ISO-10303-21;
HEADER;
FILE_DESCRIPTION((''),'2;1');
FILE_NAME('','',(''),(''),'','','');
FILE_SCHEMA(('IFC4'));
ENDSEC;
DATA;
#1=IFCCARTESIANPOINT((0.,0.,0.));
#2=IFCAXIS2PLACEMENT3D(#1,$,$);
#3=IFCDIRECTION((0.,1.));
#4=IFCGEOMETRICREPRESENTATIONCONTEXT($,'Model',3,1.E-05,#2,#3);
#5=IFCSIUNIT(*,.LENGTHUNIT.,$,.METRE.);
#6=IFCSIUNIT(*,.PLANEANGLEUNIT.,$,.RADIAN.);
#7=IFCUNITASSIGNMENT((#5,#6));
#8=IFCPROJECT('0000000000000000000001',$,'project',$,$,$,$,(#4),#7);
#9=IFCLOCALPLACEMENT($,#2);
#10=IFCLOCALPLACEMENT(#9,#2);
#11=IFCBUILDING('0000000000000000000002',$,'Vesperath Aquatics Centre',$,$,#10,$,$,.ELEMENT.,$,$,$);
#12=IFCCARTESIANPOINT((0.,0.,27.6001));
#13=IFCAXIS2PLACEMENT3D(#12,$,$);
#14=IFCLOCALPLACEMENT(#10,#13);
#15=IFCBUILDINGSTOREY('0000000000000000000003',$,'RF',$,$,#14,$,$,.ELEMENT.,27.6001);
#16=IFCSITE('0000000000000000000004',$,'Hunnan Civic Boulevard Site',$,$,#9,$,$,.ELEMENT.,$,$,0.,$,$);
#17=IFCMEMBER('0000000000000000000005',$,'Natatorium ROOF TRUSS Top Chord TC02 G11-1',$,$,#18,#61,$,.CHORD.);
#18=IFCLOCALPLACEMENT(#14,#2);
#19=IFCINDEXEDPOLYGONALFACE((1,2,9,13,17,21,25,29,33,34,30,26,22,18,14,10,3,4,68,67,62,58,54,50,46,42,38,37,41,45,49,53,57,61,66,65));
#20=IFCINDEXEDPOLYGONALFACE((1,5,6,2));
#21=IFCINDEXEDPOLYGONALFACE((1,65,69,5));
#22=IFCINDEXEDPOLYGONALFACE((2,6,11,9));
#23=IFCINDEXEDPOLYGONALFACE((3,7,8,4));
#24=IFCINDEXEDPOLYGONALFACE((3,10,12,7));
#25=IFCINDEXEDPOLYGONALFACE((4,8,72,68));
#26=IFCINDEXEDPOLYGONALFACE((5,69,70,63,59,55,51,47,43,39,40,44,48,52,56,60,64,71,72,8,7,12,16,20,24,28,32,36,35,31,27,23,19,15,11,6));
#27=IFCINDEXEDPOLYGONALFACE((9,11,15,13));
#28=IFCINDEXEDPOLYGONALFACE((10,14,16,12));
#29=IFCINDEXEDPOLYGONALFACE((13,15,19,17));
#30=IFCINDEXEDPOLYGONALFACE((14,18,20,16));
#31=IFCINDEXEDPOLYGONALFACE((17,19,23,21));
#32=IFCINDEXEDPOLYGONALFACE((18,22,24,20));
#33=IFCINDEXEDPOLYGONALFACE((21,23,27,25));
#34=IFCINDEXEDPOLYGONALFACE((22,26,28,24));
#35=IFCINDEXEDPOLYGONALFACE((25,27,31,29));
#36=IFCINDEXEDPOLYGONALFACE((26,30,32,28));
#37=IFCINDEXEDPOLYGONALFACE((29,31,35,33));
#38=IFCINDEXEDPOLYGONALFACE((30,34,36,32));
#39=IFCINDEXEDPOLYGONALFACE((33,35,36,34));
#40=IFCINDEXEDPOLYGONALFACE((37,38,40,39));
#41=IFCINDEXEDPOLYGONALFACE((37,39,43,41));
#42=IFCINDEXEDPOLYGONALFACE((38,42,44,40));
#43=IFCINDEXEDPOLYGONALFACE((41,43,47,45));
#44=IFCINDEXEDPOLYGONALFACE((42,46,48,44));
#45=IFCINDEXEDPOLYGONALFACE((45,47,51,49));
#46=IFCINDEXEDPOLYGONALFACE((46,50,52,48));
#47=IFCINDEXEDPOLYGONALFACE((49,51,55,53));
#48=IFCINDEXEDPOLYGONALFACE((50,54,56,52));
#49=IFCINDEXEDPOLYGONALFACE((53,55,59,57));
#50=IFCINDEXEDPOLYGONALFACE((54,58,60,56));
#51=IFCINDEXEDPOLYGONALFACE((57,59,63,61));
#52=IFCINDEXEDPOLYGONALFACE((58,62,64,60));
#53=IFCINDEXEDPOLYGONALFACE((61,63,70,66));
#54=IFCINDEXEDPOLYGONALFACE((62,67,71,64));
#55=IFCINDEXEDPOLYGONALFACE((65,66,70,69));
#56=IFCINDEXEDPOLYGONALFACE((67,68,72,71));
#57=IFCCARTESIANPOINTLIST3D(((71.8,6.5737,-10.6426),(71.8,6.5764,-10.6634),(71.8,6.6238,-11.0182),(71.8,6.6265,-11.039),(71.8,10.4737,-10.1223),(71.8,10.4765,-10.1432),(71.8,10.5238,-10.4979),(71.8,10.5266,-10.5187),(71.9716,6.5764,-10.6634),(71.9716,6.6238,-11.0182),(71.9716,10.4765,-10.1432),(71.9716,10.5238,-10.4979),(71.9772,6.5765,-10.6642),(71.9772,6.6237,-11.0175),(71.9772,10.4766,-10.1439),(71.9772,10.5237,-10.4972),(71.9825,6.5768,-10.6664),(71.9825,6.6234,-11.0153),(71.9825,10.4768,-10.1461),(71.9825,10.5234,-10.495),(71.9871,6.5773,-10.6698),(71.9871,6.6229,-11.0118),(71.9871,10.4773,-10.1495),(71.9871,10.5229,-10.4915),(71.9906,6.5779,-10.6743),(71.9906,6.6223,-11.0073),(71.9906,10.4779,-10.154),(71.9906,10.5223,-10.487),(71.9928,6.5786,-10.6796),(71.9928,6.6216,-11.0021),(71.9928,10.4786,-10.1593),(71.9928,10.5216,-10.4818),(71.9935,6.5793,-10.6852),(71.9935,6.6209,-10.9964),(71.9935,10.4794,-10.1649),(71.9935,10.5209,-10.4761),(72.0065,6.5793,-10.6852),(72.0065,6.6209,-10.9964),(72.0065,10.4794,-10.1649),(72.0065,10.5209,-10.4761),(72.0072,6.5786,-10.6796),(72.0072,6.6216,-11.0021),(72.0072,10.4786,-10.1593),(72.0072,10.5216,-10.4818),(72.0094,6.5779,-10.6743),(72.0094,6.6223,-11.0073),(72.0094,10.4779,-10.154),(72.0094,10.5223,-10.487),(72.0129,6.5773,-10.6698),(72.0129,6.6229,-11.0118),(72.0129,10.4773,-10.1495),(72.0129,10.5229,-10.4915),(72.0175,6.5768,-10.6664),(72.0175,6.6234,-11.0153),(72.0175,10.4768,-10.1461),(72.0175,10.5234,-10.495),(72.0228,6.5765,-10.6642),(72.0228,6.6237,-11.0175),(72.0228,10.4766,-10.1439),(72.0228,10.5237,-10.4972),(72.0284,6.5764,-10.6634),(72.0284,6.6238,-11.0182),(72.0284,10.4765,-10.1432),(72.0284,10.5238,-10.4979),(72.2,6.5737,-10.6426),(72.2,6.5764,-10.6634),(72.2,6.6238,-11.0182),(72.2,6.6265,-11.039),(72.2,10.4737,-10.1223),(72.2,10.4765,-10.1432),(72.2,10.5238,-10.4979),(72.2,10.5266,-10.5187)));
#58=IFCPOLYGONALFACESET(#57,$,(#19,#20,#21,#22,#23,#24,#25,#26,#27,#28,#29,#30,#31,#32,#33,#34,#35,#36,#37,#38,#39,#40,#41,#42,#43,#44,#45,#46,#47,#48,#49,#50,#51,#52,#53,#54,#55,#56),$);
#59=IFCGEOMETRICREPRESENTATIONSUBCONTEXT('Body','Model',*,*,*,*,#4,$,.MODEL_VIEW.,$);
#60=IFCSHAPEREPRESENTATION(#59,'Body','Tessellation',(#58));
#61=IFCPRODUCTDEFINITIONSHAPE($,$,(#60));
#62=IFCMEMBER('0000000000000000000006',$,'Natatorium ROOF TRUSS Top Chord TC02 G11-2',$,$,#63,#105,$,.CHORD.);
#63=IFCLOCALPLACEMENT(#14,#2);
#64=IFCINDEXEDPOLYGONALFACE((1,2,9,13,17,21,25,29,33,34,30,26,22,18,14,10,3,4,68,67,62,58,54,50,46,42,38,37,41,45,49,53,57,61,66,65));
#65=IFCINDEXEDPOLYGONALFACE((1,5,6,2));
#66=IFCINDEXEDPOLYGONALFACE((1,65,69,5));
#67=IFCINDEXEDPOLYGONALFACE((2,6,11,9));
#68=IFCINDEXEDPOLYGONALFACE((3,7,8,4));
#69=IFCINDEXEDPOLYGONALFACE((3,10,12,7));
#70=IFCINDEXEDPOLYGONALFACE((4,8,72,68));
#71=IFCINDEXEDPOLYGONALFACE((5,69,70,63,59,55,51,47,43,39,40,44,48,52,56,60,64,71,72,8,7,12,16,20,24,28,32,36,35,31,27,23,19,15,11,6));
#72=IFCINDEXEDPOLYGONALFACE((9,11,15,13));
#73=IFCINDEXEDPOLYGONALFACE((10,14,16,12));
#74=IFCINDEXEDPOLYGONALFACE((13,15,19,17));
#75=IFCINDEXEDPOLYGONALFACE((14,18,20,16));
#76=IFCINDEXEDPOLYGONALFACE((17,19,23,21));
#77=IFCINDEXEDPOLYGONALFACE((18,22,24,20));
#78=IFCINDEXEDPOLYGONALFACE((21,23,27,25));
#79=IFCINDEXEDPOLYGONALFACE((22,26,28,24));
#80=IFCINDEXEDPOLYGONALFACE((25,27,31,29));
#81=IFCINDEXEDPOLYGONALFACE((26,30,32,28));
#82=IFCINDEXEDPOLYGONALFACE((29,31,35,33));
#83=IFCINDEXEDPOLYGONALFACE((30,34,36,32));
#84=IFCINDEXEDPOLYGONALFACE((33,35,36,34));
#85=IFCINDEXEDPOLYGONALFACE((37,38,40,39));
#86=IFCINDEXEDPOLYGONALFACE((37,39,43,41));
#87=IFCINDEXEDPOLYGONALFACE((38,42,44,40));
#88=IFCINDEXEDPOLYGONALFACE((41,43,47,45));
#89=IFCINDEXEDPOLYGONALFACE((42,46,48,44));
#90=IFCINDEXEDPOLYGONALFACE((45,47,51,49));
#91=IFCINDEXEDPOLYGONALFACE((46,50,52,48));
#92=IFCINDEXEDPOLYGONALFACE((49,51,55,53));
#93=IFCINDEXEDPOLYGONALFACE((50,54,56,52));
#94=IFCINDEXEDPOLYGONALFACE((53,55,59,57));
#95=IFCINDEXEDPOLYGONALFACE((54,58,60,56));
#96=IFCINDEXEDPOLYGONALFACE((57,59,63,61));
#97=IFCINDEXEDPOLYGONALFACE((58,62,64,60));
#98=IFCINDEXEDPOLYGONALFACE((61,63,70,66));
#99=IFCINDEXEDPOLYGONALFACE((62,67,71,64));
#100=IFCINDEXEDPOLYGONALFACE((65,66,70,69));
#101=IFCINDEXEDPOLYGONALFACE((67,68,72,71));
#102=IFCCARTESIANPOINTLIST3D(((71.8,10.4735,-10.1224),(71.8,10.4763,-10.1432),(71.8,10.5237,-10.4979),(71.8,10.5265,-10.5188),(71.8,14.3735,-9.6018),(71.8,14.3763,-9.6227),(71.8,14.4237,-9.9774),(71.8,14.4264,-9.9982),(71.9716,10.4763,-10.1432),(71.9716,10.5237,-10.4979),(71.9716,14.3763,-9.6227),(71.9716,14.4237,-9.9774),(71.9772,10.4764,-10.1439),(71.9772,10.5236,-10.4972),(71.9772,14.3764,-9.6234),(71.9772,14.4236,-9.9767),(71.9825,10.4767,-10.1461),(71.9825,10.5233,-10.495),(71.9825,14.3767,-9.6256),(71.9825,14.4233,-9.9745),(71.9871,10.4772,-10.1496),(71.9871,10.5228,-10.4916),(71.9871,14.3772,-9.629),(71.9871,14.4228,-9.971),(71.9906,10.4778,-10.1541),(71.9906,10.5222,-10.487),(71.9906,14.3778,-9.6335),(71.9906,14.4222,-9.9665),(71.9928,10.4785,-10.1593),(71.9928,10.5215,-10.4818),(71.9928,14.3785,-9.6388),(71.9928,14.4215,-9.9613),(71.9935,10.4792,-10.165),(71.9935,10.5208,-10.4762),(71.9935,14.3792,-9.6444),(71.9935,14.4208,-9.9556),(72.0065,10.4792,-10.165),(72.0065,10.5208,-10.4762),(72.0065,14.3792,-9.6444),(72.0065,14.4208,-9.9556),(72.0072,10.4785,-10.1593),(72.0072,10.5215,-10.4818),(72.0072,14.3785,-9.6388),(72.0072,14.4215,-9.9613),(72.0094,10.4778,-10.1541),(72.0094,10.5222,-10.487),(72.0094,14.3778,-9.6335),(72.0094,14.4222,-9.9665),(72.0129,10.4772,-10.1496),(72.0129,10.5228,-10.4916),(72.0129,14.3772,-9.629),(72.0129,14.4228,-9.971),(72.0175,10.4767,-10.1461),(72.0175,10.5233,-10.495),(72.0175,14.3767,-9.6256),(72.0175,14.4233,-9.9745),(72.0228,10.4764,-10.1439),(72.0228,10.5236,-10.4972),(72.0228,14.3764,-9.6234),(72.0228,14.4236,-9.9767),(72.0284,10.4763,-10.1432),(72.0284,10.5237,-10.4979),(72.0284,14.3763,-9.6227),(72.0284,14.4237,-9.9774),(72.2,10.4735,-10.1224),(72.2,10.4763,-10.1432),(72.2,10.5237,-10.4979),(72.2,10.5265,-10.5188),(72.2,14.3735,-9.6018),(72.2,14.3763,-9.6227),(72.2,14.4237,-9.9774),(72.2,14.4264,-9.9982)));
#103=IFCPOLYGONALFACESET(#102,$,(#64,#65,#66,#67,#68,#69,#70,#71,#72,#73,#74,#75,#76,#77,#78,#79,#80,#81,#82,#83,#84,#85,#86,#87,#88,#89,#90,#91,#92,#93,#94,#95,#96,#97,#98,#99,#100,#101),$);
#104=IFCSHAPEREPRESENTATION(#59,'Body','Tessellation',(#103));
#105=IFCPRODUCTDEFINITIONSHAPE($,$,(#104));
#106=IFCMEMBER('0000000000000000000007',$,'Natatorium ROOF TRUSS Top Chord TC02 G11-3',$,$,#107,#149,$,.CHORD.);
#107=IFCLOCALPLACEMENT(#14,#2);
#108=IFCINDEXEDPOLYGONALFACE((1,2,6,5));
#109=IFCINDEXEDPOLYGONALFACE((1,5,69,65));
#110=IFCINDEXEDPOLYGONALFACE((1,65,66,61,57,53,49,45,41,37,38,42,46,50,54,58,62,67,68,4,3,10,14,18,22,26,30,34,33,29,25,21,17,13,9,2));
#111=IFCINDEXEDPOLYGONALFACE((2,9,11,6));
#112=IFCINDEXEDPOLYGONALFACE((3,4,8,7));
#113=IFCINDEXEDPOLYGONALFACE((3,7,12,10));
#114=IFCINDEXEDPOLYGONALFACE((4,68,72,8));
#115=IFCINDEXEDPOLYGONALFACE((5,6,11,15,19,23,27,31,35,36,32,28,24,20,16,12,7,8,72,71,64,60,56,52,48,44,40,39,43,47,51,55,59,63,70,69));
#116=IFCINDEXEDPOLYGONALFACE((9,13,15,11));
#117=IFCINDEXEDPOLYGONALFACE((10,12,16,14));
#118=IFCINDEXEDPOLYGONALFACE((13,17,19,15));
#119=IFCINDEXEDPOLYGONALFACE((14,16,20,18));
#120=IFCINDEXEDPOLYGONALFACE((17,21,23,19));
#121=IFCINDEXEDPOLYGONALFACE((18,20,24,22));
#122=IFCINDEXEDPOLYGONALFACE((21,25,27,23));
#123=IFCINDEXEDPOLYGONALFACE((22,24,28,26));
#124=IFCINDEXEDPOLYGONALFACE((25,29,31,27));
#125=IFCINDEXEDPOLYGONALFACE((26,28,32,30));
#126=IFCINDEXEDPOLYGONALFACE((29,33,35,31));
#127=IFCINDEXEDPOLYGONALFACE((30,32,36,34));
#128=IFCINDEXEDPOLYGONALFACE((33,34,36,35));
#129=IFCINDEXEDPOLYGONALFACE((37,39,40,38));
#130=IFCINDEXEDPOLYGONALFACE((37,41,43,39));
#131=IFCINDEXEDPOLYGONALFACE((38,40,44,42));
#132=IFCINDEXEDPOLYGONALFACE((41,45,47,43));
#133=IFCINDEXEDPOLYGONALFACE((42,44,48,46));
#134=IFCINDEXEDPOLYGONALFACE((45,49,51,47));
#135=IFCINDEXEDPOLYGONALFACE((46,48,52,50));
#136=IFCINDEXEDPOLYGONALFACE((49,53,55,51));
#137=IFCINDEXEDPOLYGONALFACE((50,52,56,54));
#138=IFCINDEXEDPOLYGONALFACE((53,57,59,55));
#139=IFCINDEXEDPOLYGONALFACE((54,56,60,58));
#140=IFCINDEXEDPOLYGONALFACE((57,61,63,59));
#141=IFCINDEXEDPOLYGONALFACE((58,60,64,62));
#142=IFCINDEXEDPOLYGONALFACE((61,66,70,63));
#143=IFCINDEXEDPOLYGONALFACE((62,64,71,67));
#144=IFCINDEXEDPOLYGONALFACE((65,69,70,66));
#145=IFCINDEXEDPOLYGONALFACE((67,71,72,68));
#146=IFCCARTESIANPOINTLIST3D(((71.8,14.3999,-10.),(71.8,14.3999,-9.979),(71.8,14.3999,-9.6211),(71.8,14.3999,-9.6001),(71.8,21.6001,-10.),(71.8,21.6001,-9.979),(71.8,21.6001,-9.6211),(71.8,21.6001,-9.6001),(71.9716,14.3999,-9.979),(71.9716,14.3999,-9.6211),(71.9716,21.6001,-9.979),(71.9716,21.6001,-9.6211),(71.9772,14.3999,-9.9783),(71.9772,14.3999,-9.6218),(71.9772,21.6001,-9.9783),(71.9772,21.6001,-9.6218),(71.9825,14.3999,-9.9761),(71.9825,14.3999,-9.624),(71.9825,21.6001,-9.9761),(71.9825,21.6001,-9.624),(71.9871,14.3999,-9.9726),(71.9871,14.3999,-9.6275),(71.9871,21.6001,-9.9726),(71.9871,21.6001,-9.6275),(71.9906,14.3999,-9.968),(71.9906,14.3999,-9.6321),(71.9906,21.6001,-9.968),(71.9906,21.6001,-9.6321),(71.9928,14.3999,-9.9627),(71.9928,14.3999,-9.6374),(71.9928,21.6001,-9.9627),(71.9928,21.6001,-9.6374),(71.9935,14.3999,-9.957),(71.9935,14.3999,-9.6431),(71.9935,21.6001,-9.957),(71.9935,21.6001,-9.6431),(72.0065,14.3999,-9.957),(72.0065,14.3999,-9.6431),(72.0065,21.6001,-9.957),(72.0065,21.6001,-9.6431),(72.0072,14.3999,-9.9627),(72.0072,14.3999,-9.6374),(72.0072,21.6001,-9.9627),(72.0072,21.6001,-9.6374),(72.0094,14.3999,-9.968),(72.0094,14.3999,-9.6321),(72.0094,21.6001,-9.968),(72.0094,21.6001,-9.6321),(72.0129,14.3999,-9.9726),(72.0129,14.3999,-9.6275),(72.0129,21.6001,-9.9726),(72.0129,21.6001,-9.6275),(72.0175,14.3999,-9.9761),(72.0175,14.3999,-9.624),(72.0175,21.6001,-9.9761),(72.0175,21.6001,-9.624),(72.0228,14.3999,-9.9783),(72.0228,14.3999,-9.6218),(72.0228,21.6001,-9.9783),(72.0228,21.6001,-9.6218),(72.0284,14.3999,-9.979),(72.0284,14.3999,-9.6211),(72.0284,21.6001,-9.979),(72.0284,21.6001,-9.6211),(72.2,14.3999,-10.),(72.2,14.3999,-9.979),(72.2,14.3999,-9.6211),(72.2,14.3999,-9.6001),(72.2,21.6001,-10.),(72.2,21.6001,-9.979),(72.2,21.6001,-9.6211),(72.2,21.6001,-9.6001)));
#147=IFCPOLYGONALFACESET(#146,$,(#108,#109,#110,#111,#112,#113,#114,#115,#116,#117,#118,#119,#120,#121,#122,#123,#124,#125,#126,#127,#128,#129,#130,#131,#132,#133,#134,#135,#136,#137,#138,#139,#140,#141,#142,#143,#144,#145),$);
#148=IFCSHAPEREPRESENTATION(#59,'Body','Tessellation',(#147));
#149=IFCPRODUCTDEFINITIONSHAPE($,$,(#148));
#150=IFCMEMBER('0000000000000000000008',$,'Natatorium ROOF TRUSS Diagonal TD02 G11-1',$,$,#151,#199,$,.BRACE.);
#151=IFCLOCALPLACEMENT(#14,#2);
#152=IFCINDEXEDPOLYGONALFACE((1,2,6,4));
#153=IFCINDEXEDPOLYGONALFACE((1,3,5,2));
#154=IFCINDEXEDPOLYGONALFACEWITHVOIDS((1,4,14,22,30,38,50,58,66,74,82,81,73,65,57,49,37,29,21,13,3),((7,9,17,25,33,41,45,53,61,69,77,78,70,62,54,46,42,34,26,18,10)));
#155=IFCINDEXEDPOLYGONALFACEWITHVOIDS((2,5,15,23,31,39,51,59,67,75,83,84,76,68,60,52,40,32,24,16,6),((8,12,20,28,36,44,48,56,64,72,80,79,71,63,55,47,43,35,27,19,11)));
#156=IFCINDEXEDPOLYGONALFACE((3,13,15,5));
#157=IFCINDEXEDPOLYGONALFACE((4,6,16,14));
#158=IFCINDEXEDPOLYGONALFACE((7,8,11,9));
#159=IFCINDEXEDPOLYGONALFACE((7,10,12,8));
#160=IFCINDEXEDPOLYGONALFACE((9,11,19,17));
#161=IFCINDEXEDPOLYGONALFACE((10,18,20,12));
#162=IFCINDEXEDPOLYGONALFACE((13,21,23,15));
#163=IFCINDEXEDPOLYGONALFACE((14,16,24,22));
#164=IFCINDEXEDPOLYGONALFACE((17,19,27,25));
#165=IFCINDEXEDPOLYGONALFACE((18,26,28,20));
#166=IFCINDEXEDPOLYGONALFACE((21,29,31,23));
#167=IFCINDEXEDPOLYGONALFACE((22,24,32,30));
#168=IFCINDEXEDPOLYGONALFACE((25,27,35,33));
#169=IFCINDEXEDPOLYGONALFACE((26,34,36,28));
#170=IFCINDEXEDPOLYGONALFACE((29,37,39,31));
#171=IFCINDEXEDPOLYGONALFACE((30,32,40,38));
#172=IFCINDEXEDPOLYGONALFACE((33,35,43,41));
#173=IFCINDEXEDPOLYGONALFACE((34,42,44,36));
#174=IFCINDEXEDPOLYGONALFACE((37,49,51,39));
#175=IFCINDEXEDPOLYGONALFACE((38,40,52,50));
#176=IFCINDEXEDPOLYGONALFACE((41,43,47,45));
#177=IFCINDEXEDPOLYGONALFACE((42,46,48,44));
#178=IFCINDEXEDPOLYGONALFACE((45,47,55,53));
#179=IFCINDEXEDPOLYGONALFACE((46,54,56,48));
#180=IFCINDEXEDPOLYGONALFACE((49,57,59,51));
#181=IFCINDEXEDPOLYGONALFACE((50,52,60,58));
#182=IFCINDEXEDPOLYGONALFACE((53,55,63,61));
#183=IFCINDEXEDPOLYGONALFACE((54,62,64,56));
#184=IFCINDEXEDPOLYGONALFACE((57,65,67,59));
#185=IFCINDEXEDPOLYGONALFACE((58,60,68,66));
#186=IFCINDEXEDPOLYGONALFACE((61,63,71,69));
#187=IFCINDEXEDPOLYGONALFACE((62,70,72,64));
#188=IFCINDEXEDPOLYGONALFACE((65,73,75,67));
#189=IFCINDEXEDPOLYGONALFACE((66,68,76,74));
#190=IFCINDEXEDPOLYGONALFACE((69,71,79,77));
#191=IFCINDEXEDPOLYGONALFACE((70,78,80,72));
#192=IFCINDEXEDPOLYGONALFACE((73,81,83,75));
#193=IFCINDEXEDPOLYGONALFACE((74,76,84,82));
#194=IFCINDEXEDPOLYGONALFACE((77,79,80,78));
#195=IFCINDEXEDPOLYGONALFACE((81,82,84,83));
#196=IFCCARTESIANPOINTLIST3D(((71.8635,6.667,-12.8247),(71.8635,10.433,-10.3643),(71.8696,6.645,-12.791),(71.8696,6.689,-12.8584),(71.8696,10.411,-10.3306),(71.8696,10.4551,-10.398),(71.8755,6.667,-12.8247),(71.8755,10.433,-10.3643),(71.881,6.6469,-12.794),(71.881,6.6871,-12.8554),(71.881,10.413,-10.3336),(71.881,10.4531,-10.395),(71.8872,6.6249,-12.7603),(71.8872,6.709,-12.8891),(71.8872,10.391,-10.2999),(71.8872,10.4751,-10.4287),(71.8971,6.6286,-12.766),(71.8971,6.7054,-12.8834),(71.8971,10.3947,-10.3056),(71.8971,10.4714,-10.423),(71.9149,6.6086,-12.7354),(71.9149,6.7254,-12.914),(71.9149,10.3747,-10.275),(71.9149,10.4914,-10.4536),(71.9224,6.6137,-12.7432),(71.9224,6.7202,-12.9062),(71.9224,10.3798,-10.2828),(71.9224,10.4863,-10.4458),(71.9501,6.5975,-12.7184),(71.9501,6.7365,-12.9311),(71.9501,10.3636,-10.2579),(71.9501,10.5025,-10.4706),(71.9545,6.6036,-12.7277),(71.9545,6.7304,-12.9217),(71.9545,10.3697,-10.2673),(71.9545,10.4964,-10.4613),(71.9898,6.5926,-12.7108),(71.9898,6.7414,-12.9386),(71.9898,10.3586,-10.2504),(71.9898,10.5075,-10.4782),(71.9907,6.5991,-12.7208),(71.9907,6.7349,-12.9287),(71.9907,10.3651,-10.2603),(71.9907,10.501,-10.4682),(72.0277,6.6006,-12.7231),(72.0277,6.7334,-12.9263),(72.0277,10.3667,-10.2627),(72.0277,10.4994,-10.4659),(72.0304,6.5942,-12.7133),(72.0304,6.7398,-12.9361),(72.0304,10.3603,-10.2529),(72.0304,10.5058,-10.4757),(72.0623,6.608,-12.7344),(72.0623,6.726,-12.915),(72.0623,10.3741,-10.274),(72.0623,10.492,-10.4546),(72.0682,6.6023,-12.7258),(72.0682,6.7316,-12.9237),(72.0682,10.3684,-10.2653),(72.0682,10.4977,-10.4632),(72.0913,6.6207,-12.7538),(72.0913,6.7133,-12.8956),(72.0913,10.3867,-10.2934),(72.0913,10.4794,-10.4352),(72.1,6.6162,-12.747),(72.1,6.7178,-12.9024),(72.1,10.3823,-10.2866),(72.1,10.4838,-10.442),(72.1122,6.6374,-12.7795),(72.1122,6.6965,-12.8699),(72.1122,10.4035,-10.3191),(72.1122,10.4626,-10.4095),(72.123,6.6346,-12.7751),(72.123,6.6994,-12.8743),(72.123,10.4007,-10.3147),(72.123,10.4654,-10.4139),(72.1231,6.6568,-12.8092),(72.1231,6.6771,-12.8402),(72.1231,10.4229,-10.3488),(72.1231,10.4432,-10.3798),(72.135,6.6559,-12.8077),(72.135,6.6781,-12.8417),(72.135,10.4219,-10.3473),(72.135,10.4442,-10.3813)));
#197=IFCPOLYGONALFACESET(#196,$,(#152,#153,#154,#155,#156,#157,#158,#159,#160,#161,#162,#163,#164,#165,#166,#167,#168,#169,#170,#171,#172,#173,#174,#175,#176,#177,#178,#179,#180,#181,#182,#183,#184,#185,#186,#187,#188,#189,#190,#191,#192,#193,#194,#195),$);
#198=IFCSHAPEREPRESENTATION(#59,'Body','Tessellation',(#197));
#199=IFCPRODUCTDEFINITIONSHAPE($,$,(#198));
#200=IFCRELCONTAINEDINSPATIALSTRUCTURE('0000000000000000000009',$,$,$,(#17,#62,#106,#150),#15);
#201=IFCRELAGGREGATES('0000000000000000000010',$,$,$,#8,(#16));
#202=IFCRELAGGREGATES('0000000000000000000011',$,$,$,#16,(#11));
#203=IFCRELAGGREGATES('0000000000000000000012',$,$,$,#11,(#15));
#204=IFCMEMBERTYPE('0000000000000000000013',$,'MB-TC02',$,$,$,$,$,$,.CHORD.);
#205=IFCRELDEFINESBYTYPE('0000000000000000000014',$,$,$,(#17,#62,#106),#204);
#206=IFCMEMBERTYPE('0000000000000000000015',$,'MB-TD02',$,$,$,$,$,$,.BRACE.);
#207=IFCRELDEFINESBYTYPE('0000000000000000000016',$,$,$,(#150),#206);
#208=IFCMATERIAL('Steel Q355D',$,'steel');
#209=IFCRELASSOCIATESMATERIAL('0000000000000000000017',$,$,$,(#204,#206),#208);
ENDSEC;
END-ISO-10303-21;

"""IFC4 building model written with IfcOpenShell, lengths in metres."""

from ifc_helpers import new_model, si_unit, direction, frame, origin, origin_2d, place, context, subcontext, project, spatial, hollow_circle, i_section, extrude, material, material_profile, profile_set, type_object, element, save


model = new_model("IFC4")

# Units and contexts
model_context = context("Model", 3, precision=1e-05, world=origin(), true_north=direction((0.0, 1.0)))
body_context = subcontext(model_context, "Body", "Model", "MODEL_VIEW")
ifc_project = project(units=[si_unit("LENGTHUNIT", "METRE"), si_unit("PLANEANGLEUNIT", "RADIAN")], contexts=[model_context])

# Site, building, storey
site_placement = place(None, origin())
site = spatial("IfcSite", under=ifc_project, at=site_placement, Name="Hunnan Civic Boulevard Site", CompositionType="ELEMENT", RefElevation=0.0)
building_placement = place(site_placement, origin())
building = spatial("IfcBuilding", under=site, at=building_placement, Name="Vesperath Aquatics Centre", CompositionType="ELEMENT")
storey_placement = place(building_placement, frame((0.0, 0.0, 27.6001)))
storey = spatial("IfcBuildingStorey", under=building, at=storey_placement, Name="RF", CompositionType="ELEMENT", Elevation=27.6001)

# Members
ifc_material_1 = material(Name="Steel Q355D", Category="steel")
ifc_material_profile_1 = material_profile(ifc_material_1, i_section(OverallWidth=0.3999, OverallDepth=0.3999, WebThickness=0.0129, FlangeThickness=0.021, FilletRadius=0.022, at=origin_2d()), Name="HW 400x400x13x21")
ifc_profile_set_1 = profile_set([ifc_material_profile_1], Name="Steel Q355D")
member_type_1 = type_object("IfcMemberType", Name="MB-TC02", PredefinedType="CHORD", material=ifc_profile_set_1)
for number, where, z_axis, x_axis, name in (
    (1, (72.0, 6.6001, -10.8408), (0.0, 0.991219, 0.132233), (-1.0, 0.0, 0.0), "Natatorium ROOF TRUSS Top Chord TC02 G11-1"),
    (2, (72.0, 10.5, -10.3206), (0.0, 0.991211, 0.132294), (-1.0, 0.0, 0.0), "Natatorium ROOF TRUSS Top Chord TC02 G11-2"),
):
    element("IfcMember", number, at=place(storey_placement, frame(where, z_axis=z_axis, x_axis=x_axis)), inside=storey, type_object=member_type_1, Name=name, PredefinedType="CHORD", context=body_context, shape_type="SweptSolid", body=[
        extrude(i_section(OverallWidth=0.3999, OverallDepth=0.3999, WebThickness=0.0129, FlangeThickness=0.021, FilletRadius=0.022, at=origin_2d()), origin(), (0.0, 0.0, 1.0), 3.9346),
    ])
member_1_placement = place(storey_placement, frame((72.0, 14.3999, -9.8), z_axis=(0.0, 1.0, 0.0), x_axis=(-1.0, 0.0, 0.0)))
element("IfcMember", 3, at=member_1_placement, inside=storey, type_object=member_type_1, Name="Natatorium ROOF TRUSS Top Chord TC02 G11-3", PredefinedType="CHORD", context=body_context, shape_type="SweptSolid", body=[
    extrude(i_section(OverallWidth=0.3999, OverallDepth=0.3999, WebThickness=0.0129, FlangeThickness=0.021, FilletRadius=0.022, at=origin_2d()), origin(), (0.0, 0.0, 1.0), 7.2002),
])
ifc_material_profile_2 = material_profile(ifc_material_1, hollow_circle(Radius=0.1365, WallThickness=0.012, at=origin_2d()), Name="CHS 273.0x12")
ifc_profile_set_2 = profile_set([ifc_material_profile_2], Name="Steel Q355D")
member_type_2 = type_object("IfcMemberType", Name="MB-TD02", PredefinedType="BRACE", material=ifc_profile_set_2)
member_2_placement = place(storey_placement, frame((72.0, 6.667, -12.8247), z_axis=(0.0, 0.837174, 0.546936), x_axis=(-1.0, 0.0, 0.0)))
element("IfcMember", 4, at=member_2_placement, inside=storey, type_object=member_type_2, Name="Natatorium ROOF TRUSS Diagonal TD02 G11-1", PredefinedType="BRACE", context=body_context, shape_type="SweptSolid", body=[
    extrude(hollow_circle(Radius=0.1365, WallThickness=0.012, at=origin_2d()), origin(), (0.0, 0.0, 1.0), 4.4985),
])

save(model, "model.ifc")
